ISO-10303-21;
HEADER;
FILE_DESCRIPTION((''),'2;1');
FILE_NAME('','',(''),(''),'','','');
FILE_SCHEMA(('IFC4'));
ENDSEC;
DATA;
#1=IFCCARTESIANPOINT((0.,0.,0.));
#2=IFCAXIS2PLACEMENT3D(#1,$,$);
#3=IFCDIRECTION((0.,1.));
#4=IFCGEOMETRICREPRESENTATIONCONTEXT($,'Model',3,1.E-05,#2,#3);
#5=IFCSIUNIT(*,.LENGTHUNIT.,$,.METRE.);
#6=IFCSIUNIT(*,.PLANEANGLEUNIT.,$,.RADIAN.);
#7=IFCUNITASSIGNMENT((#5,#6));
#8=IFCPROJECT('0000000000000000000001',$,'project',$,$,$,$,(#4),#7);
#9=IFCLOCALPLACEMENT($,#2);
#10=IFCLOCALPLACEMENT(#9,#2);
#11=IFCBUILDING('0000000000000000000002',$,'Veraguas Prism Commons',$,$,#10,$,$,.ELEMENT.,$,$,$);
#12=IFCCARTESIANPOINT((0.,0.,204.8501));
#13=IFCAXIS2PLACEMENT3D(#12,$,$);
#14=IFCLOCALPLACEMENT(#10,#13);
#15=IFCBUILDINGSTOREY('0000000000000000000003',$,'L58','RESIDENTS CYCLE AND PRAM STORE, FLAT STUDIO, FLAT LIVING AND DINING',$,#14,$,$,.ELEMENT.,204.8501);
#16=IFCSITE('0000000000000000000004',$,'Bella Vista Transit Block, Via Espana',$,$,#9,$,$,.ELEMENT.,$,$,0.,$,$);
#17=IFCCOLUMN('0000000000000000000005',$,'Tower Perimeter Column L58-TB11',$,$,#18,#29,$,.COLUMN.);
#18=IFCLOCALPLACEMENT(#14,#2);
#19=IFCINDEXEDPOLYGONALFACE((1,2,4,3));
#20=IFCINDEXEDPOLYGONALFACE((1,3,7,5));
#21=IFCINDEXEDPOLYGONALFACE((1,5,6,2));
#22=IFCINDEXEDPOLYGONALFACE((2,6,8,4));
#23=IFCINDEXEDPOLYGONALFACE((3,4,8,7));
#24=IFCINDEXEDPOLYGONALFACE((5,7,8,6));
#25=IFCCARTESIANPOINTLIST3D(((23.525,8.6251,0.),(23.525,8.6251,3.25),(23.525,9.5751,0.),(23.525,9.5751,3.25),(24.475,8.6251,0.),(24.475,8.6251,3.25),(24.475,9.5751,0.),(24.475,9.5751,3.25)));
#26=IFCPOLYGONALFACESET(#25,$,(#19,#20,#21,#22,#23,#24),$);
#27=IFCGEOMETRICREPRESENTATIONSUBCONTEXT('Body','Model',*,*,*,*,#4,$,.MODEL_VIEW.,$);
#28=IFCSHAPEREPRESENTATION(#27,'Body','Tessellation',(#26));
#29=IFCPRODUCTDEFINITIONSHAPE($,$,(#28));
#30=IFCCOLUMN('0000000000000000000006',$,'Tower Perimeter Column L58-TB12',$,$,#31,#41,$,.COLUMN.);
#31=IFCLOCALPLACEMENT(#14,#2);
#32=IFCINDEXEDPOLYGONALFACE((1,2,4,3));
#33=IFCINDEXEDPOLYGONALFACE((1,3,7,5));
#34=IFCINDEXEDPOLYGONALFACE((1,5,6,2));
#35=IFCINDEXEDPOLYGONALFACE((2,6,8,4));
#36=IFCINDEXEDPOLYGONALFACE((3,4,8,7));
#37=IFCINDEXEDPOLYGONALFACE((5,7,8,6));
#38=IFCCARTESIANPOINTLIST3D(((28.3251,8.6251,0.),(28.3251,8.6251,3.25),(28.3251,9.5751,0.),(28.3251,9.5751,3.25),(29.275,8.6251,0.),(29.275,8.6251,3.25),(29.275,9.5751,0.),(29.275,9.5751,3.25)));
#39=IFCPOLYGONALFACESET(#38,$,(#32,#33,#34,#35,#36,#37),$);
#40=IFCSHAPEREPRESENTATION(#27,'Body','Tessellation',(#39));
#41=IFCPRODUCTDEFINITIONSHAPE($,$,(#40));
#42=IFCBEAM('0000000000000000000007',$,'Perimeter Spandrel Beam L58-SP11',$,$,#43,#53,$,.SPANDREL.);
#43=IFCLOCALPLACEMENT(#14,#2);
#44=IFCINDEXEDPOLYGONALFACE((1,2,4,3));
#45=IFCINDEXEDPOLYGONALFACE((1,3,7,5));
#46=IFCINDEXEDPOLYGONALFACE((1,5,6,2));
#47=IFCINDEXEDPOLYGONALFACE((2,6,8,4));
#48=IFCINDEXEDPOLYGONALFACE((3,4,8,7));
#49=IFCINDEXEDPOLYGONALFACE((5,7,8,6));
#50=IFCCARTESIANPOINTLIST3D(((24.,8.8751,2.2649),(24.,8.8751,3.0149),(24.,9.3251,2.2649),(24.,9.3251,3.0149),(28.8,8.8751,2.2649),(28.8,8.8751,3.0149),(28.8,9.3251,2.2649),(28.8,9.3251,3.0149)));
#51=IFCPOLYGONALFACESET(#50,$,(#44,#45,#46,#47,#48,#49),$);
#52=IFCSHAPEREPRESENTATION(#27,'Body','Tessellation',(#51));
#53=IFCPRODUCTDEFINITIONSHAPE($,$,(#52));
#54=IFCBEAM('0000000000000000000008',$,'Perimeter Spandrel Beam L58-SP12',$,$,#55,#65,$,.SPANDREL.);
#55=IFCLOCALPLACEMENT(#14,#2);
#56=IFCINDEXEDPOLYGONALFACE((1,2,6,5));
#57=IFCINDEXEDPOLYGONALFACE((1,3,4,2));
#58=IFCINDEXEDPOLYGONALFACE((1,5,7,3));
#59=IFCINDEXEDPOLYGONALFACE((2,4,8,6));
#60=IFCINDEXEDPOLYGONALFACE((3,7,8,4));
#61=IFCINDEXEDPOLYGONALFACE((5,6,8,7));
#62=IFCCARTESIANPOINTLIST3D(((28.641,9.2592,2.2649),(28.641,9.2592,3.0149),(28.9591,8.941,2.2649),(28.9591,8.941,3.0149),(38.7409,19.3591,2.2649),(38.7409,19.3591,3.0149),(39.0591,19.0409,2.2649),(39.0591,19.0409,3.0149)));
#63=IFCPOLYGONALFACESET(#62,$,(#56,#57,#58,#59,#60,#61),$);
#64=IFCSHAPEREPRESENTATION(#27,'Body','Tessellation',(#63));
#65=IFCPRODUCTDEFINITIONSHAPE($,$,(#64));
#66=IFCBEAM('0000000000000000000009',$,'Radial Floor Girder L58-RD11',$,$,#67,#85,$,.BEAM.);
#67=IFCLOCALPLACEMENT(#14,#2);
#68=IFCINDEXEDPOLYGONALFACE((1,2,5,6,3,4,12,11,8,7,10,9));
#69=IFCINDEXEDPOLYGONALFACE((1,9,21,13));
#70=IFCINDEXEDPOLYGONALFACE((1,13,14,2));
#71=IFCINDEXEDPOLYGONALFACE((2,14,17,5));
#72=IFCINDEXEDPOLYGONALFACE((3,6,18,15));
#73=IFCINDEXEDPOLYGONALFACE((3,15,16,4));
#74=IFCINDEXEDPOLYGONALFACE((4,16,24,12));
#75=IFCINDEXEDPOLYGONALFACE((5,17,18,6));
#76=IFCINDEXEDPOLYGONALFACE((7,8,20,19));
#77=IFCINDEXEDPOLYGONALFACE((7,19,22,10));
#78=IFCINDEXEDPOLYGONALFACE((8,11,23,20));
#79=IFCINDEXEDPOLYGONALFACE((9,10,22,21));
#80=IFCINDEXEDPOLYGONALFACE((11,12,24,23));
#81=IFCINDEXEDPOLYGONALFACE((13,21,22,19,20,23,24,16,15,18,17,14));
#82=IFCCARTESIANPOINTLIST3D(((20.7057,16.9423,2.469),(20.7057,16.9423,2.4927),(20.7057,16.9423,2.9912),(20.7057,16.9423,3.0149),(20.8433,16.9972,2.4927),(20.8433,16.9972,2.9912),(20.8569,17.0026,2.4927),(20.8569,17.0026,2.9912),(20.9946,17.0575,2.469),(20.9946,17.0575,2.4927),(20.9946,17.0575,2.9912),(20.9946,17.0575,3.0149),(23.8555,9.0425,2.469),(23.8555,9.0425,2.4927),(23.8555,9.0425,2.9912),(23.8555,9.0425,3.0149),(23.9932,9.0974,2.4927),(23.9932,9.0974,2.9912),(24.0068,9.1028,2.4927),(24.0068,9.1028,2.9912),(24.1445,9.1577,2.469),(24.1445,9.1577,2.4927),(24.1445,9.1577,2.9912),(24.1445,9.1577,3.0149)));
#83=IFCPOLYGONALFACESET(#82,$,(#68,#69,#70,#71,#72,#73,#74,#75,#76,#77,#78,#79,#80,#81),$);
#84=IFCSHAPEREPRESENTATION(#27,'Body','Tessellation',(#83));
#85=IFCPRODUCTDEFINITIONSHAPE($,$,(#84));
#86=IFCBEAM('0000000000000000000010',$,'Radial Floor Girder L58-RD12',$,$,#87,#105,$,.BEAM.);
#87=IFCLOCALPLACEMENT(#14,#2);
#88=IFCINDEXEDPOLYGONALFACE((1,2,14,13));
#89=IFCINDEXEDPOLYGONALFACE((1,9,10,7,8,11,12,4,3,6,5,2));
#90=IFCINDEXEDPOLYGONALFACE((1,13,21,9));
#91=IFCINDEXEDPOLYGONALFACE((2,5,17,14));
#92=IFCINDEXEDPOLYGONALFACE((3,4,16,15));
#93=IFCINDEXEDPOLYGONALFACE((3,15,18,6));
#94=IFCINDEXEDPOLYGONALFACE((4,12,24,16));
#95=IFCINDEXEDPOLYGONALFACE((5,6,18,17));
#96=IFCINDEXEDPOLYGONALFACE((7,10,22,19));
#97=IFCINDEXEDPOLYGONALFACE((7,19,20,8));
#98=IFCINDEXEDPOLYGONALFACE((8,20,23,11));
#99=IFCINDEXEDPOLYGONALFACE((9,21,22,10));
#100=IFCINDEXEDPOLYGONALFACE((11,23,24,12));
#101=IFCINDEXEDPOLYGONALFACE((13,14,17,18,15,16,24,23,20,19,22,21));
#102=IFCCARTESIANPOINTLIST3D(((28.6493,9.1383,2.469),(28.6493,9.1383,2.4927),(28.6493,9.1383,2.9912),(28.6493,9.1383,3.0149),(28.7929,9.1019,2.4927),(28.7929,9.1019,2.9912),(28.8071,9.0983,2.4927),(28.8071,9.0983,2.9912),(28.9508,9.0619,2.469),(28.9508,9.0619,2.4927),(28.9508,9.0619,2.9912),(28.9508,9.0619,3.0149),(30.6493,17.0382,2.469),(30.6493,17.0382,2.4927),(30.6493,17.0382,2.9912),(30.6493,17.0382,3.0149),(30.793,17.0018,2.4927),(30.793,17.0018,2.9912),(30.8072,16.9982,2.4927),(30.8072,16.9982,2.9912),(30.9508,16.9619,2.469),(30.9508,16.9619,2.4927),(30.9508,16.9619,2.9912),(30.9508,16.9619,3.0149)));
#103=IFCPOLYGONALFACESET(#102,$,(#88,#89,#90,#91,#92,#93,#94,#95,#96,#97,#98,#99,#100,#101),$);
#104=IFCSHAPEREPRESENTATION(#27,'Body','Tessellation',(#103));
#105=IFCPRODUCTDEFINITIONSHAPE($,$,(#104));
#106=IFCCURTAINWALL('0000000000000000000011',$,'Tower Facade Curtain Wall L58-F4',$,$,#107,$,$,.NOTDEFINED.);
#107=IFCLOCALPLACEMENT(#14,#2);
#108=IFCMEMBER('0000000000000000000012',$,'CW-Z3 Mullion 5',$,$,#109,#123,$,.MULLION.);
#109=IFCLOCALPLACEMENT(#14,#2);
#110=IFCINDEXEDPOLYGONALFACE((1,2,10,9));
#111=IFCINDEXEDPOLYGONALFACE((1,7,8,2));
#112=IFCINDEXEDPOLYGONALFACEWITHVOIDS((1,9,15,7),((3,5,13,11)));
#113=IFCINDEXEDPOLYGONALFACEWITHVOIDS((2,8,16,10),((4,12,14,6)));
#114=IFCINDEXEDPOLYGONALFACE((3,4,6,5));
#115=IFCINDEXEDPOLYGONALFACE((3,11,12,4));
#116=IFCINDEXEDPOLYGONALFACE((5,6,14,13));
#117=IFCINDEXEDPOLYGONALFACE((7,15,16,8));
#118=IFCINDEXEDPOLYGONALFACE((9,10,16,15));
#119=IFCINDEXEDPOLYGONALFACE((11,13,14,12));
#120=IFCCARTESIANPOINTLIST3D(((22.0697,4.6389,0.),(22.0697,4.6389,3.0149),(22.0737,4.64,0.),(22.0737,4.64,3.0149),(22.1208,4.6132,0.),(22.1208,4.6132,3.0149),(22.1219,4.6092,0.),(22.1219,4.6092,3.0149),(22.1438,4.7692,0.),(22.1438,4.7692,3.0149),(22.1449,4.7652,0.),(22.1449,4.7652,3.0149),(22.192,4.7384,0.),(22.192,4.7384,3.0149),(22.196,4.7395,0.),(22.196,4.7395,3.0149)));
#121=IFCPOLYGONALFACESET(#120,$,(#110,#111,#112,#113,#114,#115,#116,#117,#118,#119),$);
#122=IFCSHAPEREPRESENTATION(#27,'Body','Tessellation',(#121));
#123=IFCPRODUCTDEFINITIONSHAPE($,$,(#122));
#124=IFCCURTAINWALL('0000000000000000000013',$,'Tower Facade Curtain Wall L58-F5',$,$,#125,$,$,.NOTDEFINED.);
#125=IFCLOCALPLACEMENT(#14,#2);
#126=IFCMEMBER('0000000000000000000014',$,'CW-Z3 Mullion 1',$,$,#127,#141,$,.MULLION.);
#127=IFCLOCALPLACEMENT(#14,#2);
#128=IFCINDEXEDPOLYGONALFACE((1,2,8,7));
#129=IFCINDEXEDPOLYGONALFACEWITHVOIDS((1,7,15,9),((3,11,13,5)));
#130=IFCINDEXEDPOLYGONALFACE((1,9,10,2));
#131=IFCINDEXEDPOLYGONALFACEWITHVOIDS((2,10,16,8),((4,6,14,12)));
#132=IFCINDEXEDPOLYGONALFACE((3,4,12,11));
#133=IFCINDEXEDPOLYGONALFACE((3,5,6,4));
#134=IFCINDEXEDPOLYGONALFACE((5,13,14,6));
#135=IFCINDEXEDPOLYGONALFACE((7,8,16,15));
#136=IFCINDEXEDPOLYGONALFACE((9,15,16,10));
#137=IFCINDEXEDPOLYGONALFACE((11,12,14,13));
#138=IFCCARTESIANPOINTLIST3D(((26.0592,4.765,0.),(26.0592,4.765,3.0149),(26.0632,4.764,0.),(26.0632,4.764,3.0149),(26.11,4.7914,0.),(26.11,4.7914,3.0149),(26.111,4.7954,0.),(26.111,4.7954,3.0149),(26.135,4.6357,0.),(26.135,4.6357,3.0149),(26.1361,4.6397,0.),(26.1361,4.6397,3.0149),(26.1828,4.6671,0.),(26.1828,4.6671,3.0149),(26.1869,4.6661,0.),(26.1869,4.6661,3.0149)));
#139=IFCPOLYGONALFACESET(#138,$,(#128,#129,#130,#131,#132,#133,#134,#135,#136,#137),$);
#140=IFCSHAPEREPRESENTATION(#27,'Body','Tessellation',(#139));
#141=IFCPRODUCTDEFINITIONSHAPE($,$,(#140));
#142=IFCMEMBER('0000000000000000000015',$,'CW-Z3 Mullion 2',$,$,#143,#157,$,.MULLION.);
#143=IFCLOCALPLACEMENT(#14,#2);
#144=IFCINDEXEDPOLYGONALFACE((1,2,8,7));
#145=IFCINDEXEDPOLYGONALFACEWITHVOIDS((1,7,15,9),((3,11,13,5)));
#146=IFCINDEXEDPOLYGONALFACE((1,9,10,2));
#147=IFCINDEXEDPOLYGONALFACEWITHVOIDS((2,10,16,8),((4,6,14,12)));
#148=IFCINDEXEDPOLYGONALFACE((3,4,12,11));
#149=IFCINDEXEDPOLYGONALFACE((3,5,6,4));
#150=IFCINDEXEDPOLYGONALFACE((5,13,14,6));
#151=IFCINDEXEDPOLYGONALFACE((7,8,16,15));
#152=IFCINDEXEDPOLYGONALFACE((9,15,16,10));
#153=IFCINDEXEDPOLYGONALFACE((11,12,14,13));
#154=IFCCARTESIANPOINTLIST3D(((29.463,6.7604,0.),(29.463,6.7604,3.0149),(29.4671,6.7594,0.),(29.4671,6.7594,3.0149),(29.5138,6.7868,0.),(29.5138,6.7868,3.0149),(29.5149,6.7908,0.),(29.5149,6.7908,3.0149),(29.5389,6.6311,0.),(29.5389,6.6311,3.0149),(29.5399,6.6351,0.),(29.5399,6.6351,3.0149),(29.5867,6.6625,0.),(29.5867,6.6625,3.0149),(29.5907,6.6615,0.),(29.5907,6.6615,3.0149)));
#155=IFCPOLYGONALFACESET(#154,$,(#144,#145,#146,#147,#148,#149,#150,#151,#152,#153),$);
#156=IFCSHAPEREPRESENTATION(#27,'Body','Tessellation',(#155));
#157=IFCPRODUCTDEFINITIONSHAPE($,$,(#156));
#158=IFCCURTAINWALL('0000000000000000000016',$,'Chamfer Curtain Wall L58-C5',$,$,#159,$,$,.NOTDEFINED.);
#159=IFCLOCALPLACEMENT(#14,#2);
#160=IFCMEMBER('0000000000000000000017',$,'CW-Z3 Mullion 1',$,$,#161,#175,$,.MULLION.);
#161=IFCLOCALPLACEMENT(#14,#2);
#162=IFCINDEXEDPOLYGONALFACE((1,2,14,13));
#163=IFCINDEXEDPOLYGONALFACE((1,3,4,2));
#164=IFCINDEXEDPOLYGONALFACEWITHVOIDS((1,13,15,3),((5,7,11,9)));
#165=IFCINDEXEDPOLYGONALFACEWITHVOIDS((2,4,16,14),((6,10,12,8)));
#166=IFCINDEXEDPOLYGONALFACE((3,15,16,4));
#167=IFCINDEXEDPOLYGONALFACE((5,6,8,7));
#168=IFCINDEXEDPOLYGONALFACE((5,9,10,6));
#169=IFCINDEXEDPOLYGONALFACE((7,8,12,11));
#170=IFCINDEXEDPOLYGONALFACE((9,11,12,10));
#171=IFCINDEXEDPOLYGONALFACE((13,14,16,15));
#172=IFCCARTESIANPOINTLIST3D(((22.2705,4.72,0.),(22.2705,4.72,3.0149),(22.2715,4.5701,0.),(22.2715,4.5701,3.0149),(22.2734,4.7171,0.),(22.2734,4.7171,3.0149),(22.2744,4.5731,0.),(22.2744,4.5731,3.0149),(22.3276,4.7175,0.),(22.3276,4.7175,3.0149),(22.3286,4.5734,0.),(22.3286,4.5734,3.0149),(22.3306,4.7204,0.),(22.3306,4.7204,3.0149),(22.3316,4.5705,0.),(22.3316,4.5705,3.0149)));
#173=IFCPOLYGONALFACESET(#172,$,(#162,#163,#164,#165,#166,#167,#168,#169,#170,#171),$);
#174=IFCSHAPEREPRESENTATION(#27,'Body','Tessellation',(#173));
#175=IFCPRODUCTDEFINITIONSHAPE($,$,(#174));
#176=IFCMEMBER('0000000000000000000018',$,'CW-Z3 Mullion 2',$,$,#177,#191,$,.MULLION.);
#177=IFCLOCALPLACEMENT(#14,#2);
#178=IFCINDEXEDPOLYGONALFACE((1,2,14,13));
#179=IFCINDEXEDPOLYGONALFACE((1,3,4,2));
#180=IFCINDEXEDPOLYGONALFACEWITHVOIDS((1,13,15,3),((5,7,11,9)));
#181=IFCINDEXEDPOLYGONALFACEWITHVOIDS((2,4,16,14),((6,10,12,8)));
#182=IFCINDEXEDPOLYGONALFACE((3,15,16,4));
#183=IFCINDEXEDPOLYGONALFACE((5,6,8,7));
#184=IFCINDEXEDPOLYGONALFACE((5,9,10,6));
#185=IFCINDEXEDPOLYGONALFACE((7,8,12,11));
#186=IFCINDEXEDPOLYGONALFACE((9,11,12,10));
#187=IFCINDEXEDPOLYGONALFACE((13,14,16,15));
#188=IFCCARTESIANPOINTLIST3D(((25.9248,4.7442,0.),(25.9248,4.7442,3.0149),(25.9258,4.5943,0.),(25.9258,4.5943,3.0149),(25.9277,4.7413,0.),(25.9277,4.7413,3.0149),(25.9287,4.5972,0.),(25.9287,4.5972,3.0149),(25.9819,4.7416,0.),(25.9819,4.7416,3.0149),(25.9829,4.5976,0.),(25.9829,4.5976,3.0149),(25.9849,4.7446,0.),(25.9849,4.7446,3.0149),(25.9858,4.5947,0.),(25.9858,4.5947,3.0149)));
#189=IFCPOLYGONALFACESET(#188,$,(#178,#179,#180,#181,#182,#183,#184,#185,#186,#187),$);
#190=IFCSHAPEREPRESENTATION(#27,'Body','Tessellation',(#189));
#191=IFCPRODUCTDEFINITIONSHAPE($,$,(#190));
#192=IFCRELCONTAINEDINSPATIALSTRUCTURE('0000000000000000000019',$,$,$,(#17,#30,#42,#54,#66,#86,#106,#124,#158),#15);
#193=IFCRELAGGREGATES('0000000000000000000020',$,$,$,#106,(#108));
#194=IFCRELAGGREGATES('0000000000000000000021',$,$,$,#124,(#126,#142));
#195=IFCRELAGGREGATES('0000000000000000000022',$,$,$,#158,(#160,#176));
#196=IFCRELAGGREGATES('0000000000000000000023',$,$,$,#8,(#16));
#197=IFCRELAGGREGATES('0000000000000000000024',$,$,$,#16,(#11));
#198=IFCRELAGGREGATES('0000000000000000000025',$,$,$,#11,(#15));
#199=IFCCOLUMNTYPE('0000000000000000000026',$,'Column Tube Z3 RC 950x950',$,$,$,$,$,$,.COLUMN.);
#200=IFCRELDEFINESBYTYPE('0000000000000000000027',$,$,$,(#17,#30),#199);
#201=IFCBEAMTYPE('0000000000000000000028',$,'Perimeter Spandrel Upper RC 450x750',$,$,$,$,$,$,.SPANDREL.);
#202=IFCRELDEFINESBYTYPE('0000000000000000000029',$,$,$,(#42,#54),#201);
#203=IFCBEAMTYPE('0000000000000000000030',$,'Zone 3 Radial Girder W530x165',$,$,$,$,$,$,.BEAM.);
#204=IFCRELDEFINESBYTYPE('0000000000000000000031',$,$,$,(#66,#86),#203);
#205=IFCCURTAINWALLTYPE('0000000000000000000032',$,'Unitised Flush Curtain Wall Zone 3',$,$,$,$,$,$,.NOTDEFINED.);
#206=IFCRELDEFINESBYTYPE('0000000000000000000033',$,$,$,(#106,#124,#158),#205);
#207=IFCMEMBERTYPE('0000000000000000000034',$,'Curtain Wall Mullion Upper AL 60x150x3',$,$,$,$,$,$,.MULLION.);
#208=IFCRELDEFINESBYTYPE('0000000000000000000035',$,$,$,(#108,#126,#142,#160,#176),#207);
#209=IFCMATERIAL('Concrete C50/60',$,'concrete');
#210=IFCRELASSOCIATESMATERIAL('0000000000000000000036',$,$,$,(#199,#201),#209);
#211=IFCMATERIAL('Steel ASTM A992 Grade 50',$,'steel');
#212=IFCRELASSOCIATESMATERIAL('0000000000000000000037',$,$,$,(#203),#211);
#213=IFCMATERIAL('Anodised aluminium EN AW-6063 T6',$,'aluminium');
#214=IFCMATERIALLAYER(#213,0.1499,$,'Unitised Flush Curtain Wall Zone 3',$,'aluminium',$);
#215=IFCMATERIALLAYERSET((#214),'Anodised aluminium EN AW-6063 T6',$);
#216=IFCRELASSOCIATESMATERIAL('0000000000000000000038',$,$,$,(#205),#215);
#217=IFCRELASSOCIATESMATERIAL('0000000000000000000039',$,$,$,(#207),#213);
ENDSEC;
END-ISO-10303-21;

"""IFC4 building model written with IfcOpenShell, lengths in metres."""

from ifc_helpers import new_model, si_unit, direction, frame, origin, origin_2d, place, context, subcontext, project, spatial, rectangle, hollow_rectangle, i_section, extrude, source, transform, mapped, material, layer, layer_set, material_profile, profile_set, type_object, element, aggregate, save


model = new_model("IFC4")

# Units and contexts
model_context = context("Model", 3, precision=1e-05, world=origin(), true_north=direction((0.0, 1.0)))
body_context = subcontext(model_context, "Body", "Model", "MODEL_VIEW")
ifc_project = project(units=[si_unit("LENGTHUNIT", "METRE"), si_unit("PLANEANGLEUNIT", "RADIAN")], contexts=[model_context])

# Site, building, storey
site_placement = place(None, origin())
site = spatial("IfcSite", under=ifc_project, at=site_placement, Name="Bella Vista Transit Block, Via Espana", CompositionType="ELEMENT", RefElevation=0.0)
building_placement = place(site_placement, origin())
building = spatial("IfcBuilding", under=site, at=building_placement, Name="Veraguas Prism Commons", CompositionType="ELEMENT")
storey_placement = place(building_placement, frame((0.0, 0.0, 204.8501)))
storey = spatial("IfcBuildingStorey", under=building, at=storey_placement, Name="L58", Description="RESIDENTS CYCLE AND PRAM STORE, FLAT STUDIO, FLAT LIVING AND DINING", CompositionType="ELEMENT", Elevation=204.8501)

# Columns
ifc_material_1 = material(Name="Concrete C50/60", Category="concrete")
ifc_material_profile_1 = material_profile(ifc_material_1, rectangle(XDim=0.95, YDim=0.95, at=origin_2d()), Name="RC950X950")
ifc_profile_set_1 = profile_set([ifc_material_profile_1], Name="Concrete C50/60")
column_type = type_object("IfcColumnType", Name="Column Tube Z3 RC 950x950", PredefinedType="COLUMN", material=ifc_profile_set_1)
for number, where, z_axis, x_axis, name in (
    (1, (24.0, 9.1001, 0.0), (0.0, 0.0, 1.0), (1.0, 0.0, 0.0), "Tower Perimeter Column L58-TB11"),
    (2, (28.8, 9.1001, 0.0), (0.0, 0.0, 1.0), (1.0, 0.0, 0.0), "Tower Perimeter Column L58-TB12"),
):
    element("IfcColumn", number, at=place(storey_placement, frame(where, z_axis=z_axis, x_axis=x_axis)), inside=storey, type_object=column_type, Name=name, PredefinedType="COLUMN", context=body_context, shape_type="SweptSolid", body=[
        extrude(rectangle(XDim=0.95, YDim=0.95, at=origin_2d()), origin(), (0.0, 0.0, 1.0), 3.25),
    ])

# Beams
ifc_material_profile_2 = material_profile(ifc_material_1, rectangle(XDim=0.45, YDim=0.75, at=origin_2d()), Name="RC450X750")
ifc_profile_set_2 = profile_set([ifc_material_profile_2], Name="Concrete C50/60")
beam_type_1 = type_object("IfcBeamType", Name="Perimeter Spandrel Upper RC 450x750", PredefinedType="SPANDREL", material=ifc_profile_set_2)
beam_1_placement = place(storey_placement, frame((24.0, 9.1001, 2.6399), z_axis=(1.0, 0.0, 0.0), x_axis=(0.0, 1.0, 0.0)))
element("IfcBeam", 3, at=beam_1_placement, inside=storey, type_object=beam_type_1, Name="Perimeter Spandrel Beam L58-SP11", PredefinedType="SPANDREL", context=body_context, shape_type="SweptSolid", body=[
    extrude(rectangle(XDim=0.45, YDim=0.75, at=origin_2d()), origin(), (0.0, 0.0, 1.0), 4.8),
])
beam_2_placement = place(storey_placement, frame((28.8, 9.1001, 2.6399), z_axis=(0.707107, 0.707107, 0.0), x_axis=(-0.707107, 0.707107, 0.0)))
element("IfcBeam", 4, at=beam_2_placement, inside=storey, type_object=beam_type_1, Name="Perimeter Spandrel Beam L58-SP12", PredefinedType="SPANDREL", context=body_context, shape_type="SweptSolid", body=[
    extrude(rectangle(XDim=0.45, YDim=0.75, at=origin_2d()), origin(), (0.0, 0.0, 1.0), 14.2834),
])
ifc_material_2 = material(Name="Steel ASTM A992 Grade 50", Category="steel")
ifc_material_profile_3 = material_profile(ifc_material_2, i_section(OverallWidth=0.311, OverallDepth=0.5459, WebThickness=0.0146, FlangeThickness=0.0237, at=origin_2d()), Name="W530X165")
ifc_profile_set_3 = profile_set([ifc_material_profile_3], Name="Steel ASTM A992 Grade 50")
beam_type_2 = type_object("IfcBeamType", Name="Zone 3 Radial Girder W530x165", PredefinedType="BEAM", material=ifc_profile_set_3)
beam_3_placement = place(storey_placement, frame((24.0, 9.1001, 2.7419), z_axis=(-0.370371, 0.928884, 0.0), x_axis=(-0.928884, -0.370371, 0.0)))
element("IfcBeam", 5, at=beam_3_placement, inside=storey, type_object=beam_type_2, Name="Radial Floor Girder L58-RD11", PredefinedType="BEAM", context=body_context, shape_type="SweptSolid", body=[
    extrude(i_section(OverallWidth=0.311, OverallDepth=0.5459, WebThickness=0.0146, FlangeThickness=0.0237, at=origin_2d()), origin(), (0.0, 0.0, 1.0), 8.5046),
])
beam_4_placement = place(storey_placement, frame((28.8, 9.1001, 2.7419), z_axis=(0.245425, 0.969416, 0.0), x_axis=(-0.969416, 0.245425, 0.0)))
element("IfcBeam", 6, at=beam_4_placement, inside=storey, type_object=beam_type_2, Name="Radial Floor Girder L58-RD12", PredefinedType="BEAM", context=body_context, shape_type="SweptSolid", body=[
    extrude(i_section(OverallWidth=0.311, OverallDepth=0.5459, WebThickness=0.0146, FlangeThickness=0.0237, at=origin_2d()), origin(), (0.0, 0.0, 1.0), 8.1492),
])

# Curtain wall, member
ifc_material_3 = material(Name="Anodised aluminium EN AW-6063 T6", Category="aluminium")
ifc_layer_1 = layer(ifc_material_3, 0.1499, Name="Unitised Flush Curtain Wall Zone 3", Category="aluminium")
ifc_layer_set_1 = layer_set([ifc_layer_1], Name="Anodised aluminium EN AW-6063 T6")
curtain_wall_type = type_object("IfcCurtainWallType", Name="Unitised Flush Curtain Wall Zone 3", PredefinedType="NOTDEFINED", material=ifc_layer_set_1)
curtain_wall_1_placement = place(storey_placement, origin())
curtain_wall_1 = element("IfcCurtainWall", 7, at=curtain_wall_1_placement, inside=storey, type_object=curtain_wall_type, Name="Tower Facade Curtain Wall L58-F4", PredefinedType="NOTDEFINED")
ifc_material_profile_4 = material_profile(ifc_material_3, hollow_rectangle(XDim=0.0601, YDim=0.1499, WallThickness=0.0029, at=origin_2d()), Name="AL60X150X3")
ifc_profile_set_4 = profile_set([ifc_material_profile_4], Name="Anodised aluminium EN AW-6063 T6")
member_type_1 = type_object("IfcMemberType", Name="Curtain Wall Mullion Upper AL 60x150x3", PredefinedType="MULLION", material=ifc_profile_set_4)
shared_shape_1 = source(origin(), body_context, "Body", "SweptSolid", [
    extrude(hollow_rectangle(XDim=0.0601, YDim=0.1499, WallThickness=0.0029, at=origin_2d()), origin(), (0.0, 0.0, 1.0), 3.0149),
])
member_1_placement = place(storey_placement, frame((22.1328, 4.6892, 0.0), z_axis=(0.0, 0.0, 1.0), x_axis=(0.869323, -0.494244, 0.0)))
member_1 = element("IfcMember", 8, at=member_1_placement, type_object=member_type_1, Name="CW-Z3 Mullion 5", PredefinedType="MULLION", context=body_context, shape_type="MappedRepresentation", body=[
    mapped(shared_shape_1, transform((0.0, 0.0, 0.0), scale=1.0)),
])
aggregate(curtain_wall_1, [member_1])

# Curtain walls, members
curtain_wall_2_placement = place(storey_placement, origin())
curtain_wall_2 = element("IfcCurtainWall", 9, at=curtain_wall_2_placement, inside=storey, type_object=curtain_wall_type, Name="Tower Facade Curtain Wall L58-F5", PredefinedType="NOTDEFINED")
member_2_placement = place(storey_placement, frame((26.123, 4.7156, 0.0), z_axis=(0.0, 0.0, 1.0), x_axis=(0.862686, 0.50574, 0.0)))
member_2 = element("IfcMember", 10, at=member_2_placement, type_object=member_type_1, Name="CW-Z3 Mullion 1", PredefinedType="MULLION", context=body_context, shape_type="MappedRepresentation", body=[
    mapped(shared_shape_1, transform((0.0, 0.0, 0.0), scale=1.0)),
])
member_3_placement = place(storey_placement, frame((29.5269, 6.7109, 0.0), z_axis=(0.0, 0.0, 1.0), x_axis=(0.862686, 0.50574, 0.0)))
member_3 = element("IfcMember", 11, at=member_3_placement, type_object=member_type_1, Name="CW-Z3 Mullion 2", PredefinedType="MULLION", context=body_context, shape_type="MappedRepresentation", body=[
    mapped(shared_shape_1, transform((0.0, 0.0, 0.0), scale=1.0)),
])
curtain_wall_3_placement = place(storey_placement, origin())
curtain_wall_3 = element("IfcCurtainWall", 12, at=curtain_wall_3_placement, inside=storey, type_object=curtain_wall_type, Name="Chamfer Curtain Wall L58-C5", PredefinedType="NOTDEFINED")
member_4_placement = place(storey_placement, frame((22.301, 4.6453, 0.0), z_axis=(0.0, 0.0, 1.0), x_axis=(0.999978, 0.006623, 0.0)))
member_4 = element("IfcMember", 13, at=member_4_placement, type_object=member_type_1, Name="CW-Z3 Mullion 1", PredefinedType="MULLION", context=body_context, shape_type="MappedRepresentation", body=[
    mapped(shared_shape_1, transform((0.0, 0.0, 0.0), scale=1.0)),
])
member_5_placement = place(storey_placement, frame((25.9553, 4.6694, 0.0), z_axis=(0.0, 0.0, 1.0), x_axis=(0.999978, 0.006623, 0.0)))
member_5 = element("IfcMember", 14, at=member_5_placement, type_object=member_type_1, Name="CW-Z3 Mullion 2", PredefinedType="MULLION", context=body_context, shape_type="MappedRepresentation", body=[
    mapped(shared_shape_1, transform((0.0, 0.0, 0.0), scale=1.0)),
])

aggregate(curtain_wall_2, [member_2, member_3])
aggregate(curtain_wall_3, [member_4, member_5])

save(model, "model.ifc")
